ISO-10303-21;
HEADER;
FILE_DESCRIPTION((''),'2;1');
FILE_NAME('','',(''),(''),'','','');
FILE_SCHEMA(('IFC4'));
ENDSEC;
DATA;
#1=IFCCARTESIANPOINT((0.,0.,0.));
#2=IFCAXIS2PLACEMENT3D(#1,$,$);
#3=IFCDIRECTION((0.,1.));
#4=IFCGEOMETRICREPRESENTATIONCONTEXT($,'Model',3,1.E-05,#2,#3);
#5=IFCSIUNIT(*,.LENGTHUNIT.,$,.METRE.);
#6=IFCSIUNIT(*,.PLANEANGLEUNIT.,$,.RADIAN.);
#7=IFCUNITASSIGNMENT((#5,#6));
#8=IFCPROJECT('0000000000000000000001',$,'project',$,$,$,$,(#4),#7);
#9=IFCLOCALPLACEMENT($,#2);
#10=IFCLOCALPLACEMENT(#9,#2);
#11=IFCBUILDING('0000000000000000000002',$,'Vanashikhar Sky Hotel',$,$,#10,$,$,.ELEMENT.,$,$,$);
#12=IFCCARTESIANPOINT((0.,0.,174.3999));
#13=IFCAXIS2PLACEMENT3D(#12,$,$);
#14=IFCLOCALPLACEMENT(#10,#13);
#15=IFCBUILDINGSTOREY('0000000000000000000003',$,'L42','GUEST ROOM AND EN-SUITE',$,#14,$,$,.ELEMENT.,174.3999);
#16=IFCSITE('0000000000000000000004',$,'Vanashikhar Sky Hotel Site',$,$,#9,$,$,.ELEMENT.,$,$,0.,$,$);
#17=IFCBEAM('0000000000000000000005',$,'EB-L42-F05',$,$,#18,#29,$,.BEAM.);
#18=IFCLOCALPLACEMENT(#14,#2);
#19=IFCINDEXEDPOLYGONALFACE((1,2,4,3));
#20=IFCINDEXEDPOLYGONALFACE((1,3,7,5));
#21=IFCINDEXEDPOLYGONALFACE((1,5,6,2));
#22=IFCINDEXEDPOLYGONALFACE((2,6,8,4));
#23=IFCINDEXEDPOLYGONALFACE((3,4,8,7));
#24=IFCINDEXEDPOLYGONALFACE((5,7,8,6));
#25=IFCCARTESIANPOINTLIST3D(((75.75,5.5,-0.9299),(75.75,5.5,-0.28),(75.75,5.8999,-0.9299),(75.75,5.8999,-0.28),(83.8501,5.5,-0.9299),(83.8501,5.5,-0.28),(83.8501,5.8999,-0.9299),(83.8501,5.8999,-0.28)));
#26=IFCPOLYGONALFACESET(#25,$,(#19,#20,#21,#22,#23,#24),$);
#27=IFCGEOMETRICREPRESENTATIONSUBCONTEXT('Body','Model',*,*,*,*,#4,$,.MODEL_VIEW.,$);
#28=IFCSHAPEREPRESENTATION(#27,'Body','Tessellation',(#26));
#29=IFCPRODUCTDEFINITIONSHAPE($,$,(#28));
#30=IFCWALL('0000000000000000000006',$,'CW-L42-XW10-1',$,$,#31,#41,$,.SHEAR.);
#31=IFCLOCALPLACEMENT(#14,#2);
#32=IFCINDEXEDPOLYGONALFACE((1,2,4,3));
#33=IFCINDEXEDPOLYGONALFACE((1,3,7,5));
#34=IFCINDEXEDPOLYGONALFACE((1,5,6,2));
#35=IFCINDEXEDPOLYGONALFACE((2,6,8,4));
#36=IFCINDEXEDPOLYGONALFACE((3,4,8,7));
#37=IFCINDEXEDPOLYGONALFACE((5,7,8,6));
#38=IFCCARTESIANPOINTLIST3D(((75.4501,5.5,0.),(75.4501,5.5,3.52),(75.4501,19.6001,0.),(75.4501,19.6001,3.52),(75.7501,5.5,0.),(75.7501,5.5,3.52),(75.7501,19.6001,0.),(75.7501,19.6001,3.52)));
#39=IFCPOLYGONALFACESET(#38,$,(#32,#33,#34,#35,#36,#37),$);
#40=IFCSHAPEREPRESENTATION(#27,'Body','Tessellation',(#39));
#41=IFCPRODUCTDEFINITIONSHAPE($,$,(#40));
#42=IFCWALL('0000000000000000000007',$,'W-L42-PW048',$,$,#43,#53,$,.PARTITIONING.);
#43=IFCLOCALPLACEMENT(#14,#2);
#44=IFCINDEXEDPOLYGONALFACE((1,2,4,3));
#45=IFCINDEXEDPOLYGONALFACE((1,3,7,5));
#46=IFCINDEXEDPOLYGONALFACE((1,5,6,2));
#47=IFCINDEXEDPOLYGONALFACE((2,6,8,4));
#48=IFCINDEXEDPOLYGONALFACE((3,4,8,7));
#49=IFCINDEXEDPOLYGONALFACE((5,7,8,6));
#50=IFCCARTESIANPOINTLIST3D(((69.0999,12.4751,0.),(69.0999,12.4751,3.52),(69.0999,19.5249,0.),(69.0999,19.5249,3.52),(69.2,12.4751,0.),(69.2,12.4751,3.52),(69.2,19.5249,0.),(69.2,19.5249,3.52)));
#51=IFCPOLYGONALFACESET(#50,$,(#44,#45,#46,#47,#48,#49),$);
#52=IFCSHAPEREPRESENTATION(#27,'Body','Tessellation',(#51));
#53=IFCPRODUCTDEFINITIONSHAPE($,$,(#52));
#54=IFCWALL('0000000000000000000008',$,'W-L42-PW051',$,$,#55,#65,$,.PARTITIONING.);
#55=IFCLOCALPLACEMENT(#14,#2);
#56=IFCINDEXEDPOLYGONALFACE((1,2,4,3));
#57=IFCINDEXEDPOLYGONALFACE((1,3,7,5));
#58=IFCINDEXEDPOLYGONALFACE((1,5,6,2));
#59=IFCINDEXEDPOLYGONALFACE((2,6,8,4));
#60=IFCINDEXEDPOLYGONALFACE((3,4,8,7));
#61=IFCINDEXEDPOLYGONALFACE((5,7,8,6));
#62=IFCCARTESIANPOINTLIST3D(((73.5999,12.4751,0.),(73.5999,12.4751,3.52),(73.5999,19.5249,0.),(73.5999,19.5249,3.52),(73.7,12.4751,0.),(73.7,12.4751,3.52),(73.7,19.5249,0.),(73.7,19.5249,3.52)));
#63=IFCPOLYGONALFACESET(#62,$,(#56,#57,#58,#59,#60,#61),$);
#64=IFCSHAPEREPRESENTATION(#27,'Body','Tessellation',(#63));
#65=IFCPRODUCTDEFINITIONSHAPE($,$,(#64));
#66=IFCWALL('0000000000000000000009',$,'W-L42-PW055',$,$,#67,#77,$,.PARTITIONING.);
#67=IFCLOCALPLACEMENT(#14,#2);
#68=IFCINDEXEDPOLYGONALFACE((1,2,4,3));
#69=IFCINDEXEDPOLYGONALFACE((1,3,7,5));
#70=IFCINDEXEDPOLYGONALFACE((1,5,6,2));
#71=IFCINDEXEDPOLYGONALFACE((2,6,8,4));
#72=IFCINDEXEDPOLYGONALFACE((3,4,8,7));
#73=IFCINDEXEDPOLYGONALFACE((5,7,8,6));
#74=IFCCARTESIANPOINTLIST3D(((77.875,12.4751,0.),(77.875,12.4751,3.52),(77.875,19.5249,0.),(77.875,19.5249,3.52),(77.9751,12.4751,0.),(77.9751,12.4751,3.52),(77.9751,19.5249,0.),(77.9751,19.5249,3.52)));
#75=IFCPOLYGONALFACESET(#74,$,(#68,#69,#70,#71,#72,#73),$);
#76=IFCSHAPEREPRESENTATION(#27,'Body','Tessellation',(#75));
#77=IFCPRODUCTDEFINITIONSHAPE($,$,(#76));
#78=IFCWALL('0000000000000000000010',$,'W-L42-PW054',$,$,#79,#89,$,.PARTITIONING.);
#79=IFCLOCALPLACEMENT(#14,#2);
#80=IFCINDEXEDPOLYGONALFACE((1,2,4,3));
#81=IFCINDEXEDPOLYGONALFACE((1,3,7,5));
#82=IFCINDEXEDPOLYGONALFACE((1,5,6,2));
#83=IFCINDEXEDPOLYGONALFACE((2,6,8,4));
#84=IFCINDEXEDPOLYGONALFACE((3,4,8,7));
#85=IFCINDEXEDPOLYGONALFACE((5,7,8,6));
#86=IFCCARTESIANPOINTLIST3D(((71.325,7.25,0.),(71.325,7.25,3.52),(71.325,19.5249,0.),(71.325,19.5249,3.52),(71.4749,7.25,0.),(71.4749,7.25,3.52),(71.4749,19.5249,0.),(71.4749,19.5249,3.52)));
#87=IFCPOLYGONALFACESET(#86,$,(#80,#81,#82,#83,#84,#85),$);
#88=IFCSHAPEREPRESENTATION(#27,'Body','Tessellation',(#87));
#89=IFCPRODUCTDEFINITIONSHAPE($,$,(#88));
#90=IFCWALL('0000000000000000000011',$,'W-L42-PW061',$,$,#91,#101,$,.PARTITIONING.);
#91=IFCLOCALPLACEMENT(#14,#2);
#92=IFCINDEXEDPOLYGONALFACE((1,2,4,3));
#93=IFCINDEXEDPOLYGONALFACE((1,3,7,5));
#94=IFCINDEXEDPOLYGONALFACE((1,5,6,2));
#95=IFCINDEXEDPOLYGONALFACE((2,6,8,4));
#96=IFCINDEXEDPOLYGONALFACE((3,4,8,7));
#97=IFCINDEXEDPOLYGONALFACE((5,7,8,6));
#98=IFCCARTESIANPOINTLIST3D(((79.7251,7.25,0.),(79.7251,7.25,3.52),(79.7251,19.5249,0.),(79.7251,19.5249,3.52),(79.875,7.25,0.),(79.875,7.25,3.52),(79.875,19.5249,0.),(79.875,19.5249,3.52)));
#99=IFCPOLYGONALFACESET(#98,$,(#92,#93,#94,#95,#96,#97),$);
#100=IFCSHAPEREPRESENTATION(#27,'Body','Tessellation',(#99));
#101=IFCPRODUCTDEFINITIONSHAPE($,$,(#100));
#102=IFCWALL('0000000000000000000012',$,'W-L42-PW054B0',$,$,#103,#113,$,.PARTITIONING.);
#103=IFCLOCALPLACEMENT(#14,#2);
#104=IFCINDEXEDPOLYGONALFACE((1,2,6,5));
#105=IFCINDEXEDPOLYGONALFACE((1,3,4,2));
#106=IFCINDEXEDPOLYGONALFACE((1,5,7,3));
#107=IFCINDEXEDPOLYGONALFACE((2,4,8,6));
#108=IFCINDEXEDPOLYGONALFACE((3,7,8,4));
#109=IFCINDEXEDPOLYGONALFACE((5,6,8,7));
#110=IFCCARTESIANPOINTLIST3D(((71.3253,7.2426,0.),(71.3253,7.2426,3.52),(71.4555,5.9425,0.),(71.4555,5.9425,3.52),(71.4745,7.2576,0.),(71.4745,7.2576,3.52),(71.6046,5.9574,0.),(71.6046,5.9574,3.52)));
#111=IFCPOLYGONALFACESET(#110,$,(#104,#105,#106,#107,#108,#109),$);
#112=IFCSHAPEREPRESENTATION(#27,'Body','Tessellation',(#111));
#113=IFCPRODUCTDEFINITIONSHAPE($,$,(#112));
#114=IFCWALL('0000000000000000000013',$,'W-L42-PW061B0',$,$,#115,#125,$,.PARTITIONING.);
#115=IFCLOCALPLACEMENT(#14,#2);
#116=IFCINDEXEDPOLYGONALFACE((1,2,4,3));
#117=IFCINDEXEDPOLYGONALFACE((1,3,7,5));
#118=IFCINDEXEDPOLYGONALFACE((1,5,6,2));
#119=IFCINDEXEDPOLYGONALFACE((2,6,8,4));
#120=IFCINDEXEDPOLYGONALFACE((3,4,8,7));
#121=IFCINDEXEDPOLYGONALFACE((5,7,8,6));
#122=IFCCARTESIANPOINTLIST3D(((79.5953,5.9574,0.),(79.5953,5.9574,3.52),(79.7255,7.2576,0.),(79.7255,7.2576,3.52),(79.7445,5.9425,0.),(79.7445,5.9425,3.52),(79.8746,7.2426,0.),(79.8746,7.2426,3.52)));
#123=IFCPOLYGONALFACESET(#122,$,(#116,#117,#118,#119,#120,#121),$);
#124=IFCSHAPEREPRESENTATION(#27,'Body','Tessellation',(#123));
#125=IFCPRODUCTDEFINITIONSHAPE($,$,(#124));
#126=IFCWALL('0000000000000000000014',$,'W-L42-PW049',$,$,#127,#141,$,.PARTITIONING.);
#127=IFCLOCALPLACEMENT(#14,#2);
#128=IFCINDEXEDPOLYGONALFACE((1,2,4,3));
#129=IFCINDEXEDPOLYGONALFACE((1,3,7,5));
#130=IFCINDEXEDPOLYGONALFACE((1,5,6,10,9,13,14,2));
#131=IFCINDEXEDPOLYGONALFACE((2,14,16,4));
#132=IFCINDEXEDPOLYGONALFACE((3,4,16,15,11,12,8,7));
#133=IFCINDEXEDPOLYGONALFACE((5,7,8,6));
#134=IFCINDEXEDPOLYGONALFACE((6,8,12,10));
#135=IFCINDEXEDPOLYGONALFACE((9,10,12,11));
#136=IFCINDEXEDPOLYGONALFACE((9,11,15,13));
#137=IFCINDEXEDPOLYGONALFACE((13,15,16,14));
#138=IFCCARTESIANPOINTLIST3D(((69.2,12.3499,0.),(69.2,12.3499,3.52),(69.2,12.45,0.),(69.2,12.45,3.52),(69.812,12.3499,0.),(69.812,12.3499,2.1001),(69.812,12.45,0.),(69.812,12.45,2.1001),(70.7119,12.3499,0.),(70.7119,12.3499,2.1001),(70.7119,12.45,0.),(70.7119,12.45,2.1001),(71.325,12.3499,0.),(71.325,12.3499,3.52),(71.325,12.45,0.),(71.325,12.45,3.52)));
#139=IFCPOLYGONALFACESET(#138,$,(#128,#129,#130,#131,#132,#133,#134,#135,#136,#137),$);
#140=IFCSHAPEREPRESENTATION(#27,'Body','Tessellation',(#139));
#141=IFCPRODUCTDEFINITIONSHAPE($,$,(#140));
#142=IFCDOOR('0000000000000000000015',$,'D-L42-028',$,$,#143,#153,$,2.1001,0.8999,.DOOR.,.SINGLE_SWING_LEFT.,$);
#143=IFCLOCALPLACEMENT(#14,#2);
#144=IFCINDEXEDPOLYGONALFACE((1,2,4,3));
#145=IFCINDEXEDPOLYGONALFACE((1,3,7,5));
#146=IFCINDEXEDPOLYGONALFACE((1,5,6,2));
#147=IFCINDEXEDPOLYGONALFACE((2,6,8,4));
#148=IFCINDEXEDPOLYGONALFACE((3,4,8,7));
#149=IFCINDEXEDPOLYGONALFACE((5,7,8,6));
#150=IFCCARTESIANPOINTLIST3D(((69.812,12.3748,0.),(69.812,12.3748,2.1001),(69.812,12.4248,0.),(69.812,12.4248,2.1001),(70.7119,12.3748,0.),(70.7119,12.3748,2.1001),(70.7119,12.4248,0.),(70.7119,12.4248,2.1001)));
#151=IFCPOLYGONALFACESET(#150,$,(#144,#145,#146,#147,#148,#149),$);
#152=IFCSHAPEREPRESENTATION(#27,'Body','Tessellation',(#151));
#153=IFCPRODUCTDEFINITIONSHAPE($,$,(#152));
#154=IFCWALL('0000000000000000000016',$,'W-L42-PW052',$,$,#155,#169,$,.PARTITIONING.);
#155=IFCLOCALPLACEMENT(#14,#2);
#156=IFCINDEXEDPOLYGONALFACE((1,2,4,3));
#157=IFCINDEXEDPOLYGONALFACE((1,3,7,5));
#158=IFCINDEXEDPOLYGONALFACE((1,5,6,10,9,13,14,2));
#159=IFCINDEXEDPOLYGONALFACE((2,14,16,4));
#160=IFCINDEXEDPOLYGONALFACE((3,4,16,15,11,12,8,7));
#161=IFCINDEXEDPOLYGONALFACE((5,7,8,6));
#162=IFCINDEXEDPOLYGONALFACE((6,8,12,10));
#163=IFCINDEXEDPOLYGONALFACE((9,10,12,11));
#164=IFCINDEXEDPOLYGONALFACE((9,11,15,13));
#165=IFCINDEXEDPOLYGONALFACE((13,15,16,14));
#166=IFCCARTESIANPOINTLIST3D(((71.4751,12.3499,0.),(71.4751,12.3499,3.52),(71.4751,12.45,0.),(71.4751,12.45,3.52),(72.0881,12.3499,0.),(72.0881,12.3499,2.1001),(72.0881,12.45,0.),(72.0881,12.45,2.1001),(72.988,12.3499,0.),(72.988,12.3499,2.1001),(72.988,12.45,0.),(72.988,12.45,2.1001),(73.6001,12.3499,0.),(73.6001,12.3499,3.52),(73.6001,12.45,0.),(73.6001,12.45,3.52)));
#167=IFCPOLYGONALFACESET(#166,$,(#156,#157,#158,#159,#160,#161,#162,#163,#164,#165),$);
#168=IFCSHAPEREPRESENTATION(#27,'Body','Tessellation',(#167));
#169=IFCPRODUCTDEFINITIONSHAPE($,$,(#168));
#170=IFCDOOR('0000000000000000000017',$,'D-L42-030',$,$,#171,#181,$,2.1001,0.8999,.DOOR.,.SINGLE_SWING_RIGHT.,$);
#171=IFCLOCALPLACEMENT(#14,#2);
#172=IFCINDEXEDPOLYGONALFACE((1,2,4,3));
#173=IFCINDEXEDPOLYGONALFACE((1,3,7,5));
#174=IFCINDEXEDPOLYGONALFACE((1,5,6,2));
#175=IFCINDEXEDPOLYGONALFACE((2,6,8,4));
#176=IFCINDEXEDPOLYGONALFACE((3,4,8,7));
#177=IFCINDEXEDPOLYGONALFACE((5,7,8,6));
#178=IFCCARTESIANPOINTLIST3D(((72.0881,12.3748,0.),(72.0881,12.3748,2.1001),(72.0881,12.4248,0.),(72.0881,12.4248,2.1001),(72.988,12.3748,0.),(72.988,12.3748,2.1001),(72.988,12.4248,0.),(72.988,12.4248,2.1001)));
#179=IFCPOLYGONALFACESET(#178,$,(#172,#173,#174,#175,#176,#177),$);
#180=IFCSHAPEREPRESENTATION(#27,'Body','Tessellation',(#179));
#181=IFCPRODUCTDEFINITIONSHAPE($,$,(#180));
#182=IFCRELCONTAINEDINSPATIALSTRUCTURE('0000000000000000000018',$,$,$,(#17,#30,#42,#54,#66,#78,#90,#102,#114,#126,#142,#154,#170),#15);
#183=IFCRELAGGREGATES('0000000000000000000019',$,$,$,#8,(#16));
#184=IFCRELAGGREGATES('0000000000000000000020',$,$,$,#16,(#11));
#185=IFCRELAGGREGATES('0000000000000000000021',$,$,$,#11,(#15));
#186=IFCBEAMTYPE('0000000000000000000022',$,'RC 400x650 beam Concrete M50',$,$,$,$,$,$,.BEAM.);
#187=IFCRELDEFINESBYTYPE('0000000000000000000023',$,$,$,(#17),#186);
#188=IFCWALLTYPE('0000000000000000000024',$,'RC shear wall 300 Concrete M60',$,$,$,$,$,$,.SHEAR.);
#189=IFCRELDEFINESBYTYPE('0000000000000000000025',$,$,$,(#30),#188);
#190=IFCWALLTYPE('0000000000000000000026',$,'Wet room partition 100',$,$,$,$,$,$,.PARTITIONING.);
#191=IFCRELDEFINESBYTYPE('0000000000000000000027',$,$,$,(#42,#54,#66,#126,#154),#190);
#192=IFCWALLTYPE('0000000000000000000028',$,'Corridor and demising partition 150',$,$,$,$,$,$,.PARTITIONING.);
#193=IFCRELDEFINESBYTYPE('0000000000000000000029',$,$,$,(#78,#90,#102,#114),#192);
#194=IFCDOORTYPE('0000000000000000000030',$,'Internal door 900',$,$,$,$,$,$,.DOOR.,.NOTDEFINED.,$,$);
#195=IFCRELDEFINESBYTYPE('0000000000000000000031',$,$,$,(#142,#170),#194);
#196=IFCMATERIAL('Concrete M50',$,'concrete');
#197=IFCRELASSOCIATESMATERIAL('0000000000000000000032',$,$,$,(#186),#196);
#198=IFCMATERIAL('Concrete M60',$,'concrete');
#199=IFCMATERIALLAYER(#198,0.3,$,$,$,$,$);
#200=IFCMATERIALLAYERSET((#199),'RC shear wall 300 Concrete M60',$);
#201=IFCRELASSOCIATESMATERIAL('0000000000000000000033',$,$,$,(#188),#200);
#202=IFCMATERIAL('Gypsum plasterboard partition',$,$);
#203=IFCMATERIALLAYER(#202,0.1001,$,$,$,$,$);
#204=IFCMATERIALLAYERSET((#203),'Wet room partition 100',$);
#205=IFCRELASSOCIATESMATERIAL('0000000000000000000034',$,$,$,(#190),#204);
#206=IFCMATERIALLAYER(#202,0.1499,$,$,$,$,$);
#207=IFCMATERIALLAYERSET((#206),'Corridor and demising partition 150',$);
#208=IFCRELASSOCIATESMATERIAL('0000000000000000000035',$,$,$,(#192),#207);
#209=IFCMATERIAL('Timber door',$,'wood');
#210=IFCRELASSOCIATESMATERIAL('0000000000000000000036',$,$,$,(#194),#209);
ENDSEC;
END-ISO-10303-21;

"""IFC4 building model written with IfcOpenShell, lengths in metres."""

from ifc_helpers import new_model, si_unit, direction, frame, frame_2d, origin, origin_2d, place, context, subcontext, project, spatial, rectangle, extrude, source, transform, mapped, material, layer, layer_set, material_profile, profile_set, type_object, element, fill, save


model = new_model("IFC4")

# Units and contexts
model_context = context("Model", 3, precision=1e-05, world=origin(), true_north=direction((0.0, 1.0)))
body_context = subcontext(model_context, "Body", "Model", "MODEL_VIEW")
ifc_project = project(units=[si_unit("LENGTHUNIT", "METRE"), si_unit("PLANEANGLEUNIT", "RADIAN")], contexts=[model_context])

# Site, building, storey
site_placement = place(None, origin())
site = spatial("IfcSite", under=ifc_project, at=site_placement, Name="Vanashikhar Sky Hotel Site", CompositionType="ELEMENT", RefElevation=0.0)
building_placement = place(site_placement, origin())
building = spatial("IfcBuilding", under=site, at=building_placement, Name="Vanashikhar Sky Hotel", CompositionType="ELEMENT")
storey_placement = place(building_placement, frame((0.0, 0.0, 174.3999)))
storey = spatial("IfcBuildingStorey", under=building, at=storey_placement, Name="L42", Description="GUEST ROOM AND EN-SUITE", CompositionType="ELEMENT", Elevation=174.3999)

# Beam
ifc_material_1 = material(Name="Concrete M50", Category="concrete")
ifc_material_profile = material_profile(ifc_material_1, rectangle(XDim=0.3999, YDim=0.6499, at=origin_2d()))
ifc_profile_set = profile_set([ifc_material_profile], Name="RC 400x650 beam Concrete M50")
beam_type = type_object("IfcBeamType", Name="RC 400x650 beam Concrete M50", PredefinedType="BEAM", material=ifc_profile_set)
shared_shape_1 = source(origin(), body_context, "Body", "SweptSolid", [
    extrude(rectangle(XDim=0.3999, YDim=0.6499, at=origin_2d()), origin(), (0.0, 0.0, 1.0), 8.1001),
])
beam_placement = place(storey_placement, frame((75.75, 5.7, -0.605), z_axis=(1.0, 0.0, 0.0), x_axis=(0.0, 1.0, 0.0)))
element("IfcBeam", 1, at=beam_placement, inside=storey, type_object=beam_type, Name="EB-L42-F05", PredefinedType="BEAM", context=body_context, shape_type="MappedRepresentation", body=[
    mapped(shared_shape_1, transform((0.0, 0.0, 0.0), scale=1.0)),
])

# Wall
ifc_material_2 = material(Name="Concrete M60", Category="concrete")
ifc_layer_1 = layer(ifc_material_2, 0.3)
ifc_layer_set_1 = layer_set([ifc_layer_1], Name="RC shear wall 300 Concrete M60")
wall_type_1 = type_object("IfcWallType", Name="RC shear wall 300 Concrete M60", PredefinedType="SHEAR", material=ifc_layer_set_1)
shared_shape_2 = source(origin(), body_context, "Body", "SweptSolid", [
    extrude(rectangle(XDim=14.1001, YDim=0.3, at=frame_2d((7.05, 0.0))), origin(), (0.0, 0.0, 1.0), 3.52),
])
wall_1_placement = place(storey_placement, frame((75.6001, 5.5, 0.0), z_axis=(0.0, 0.0, 1.0), x_axis=(0.0, 1.0, 0.0)))
element("IfcWall", 2, at=wall_1_placement, inside=storey, type_object=wall_type_1, Name="CW-L42-XW10-1", PredefinedType="SHEAR", context=body_context, shape_type="MappedRepresentation", body=[
    mapped(shared_shape_2, transform((0.0, 0.0, 0.0), scale=1.0)),
])

# Walls
ifc_material_3 = material(Name="Gypsum plasterboard partition")
ifc_layer_2 = layer(ifc_material_3, 0.1001)
ifc_layer_set_2 = layer_set([ifc_layer_2], Name="Wet room partition 100")
wall_type_2 = type_object("IfcWallType", Name="Wet room partition 100", PredefinedType="PARTITIONING", material=ifc_layer_set_2)
shared_shape_3 = source(origin(), body_context, "Body", "SweptSolid", [
    extrude(rectangle(XDim=7.0498, YDim=0.1001, at=frame_2d((3.5249, 0.0))), origin(), (0.0, 0.0, 1.0), 3.52),
])
for number, where, z_axis, x_axis, name in (
    (3, (69.1499, 12.4751, 0.0), (0.0, 0.0, 1.0), (0.0, 1.0, 0.0), "W-L42-PW048"),
    (4, (73.6499, 12.4751, 0.0), (0.0, 0.0, 1.0), (0.0, 1.0, 0.0), "W-L42-PW051"),
    (5, (77.925, 12.4751, 0.0), (0.0, 0.0, 1.0), (0.0, 1.0, 0.0), "W-L42-PW055"),
):
    element("IfcWall", number, at=place(storey_placement, frame(where, z_axis=z_axis, x_axis=x_axis)), inside=storey, type_object=wall_type_2, Name=name, PredefinedType="PARTITIONING", context=body_context, shape_type="MappedRepresentation", body=[
        mapped(shared_shape_3, transform((0.0, 0.0, 0.0), scale=1.0)),
    ])
ifc_layer_3 = layer(ifc_material_3, 0.1499)
ifc_layer_set_3 = layer_set([ifc_layer_3], Name="Corridor and demising partition 150")
wall_type_3 = type_object("IfcWallType", Name="Corridor and demising partition 150", PredefinedType="PARTITIONING", material=ifc_layer_set_3)
shared_shape_4 = source(origin(), body_context, "Body", "SweptSolid", [
    extrude(rectangle(XDim=12.2749, YDim=0.1499, at=frame_2d((6.1375, 0.0))), origin(), (0.0, 0.0, 1.0), 3.52),
])
for number, where, z_axis, x_axis, name in (
    (6, (71.3999, 7.25, 0.0), (0.0, 0.0, 1.0), (0.0, 1.0, 0.0), "W-L42-PW054"),
    (7, (79.8, 7.25, 0.0), (0.0, 0.0, 1.0), (0.0, 1.0, 0.0), "W-L42-PW061"),
):
    element("IfcWall", number, at=place(storey_placement, frame(where, z_axis=z_axis, x_axis=x_axis)), inside=storey, type_object=wall_type_3, Name=name, PredefinedType="PARTITIONING", context=body_context, shape_type="MappedRepresentation", body=[
        mapped(shared_shape_4, transform((0.0, 0.0, 0.0), scale=1.0)),
    ])
shared_shape_5 = source(origin(), body_context, "Body", "SweptSolid", [
    extrude(rectangle(XDim=1.3066, YDim=0.1499, at=frame_2d((0.6533, 0.0))), origin(), (0.0, 0.0, 1.0), 3.52),
])
for number, where, z_axis, x_axis, name in (
    (8, (71.53, 5.95, 0.0), (0.0, 0.0, 1.0), (-0.099596, 0.995028, 0.0), "W-L42-PW054B0"),
    (9, (79.6699, 5.95, 0.0), (0.0, 0.0, 1.0), (0.099596, 0.995028, 0.0), "W-L42-PW061B0"),
):
    element("IfcWall", number, at=place(storey_placement, frame(where, z_axis=z_axis, x_axis=x_axis)), inside=storey, type_object=wall_type_3, Name=name, PredefinedType="PARTITIONING", context=body_context, shape_type="MappedRepresentation", body=[
        mapped(shared_shape_5, transform((0.0, 0.0, 0.0), scale=1.0)),
    ])

# Walls, openings, doors
shared_shape_6 = source(origin(), body_context, "Body", "SweptSolid", [
    extrude(rectangle(XDim=2.125, YDim=0.1001, at=frame_2d((1.0625, 0.0))), origin(), (0.0, 0.0, 1.0), 3.52),
])
wall_2_placement = place(storey_placement, frame((69.2, 12.3999, 0.0), z_axis=(0.0, 0.0, 1.0), x_axis=(1.0, 0.0, 0.0)))
wall_2 = element("IfcWall", 10, at=wall_2_placement, inside=storey, type_object=wall_type_2, Name="W-L42-PW049", PredefinedType="PARTITIONING", context=body_context, shape_type="MappedRepresentation", body=[
    mapped(shared_shape_6, transform((0.0, 0.0, 0.0), scale=1.0)),
])
shared_shape_7 = source(origin(), body_context, "Body", "SweptSolid", [
    extrude(rectangle(XDim=0.8999, YDim=2.1001, at=frame_2d((0.45, 1.05))), frame((0.0, 0.0601, 0.0), z_axis=(0.0, -1.0, 0.0), x_axis=(1.0, 0.0, 0.0)), (0.0, 0.0, 1.0), 0.1201),
])
opening_1_placement = place(wall_2_placement, frame((0.6121, 0.0, 0.0)))
opening_1 = element("IfcOpeningElement", 11, at=opening_1_placement, cuts=wall_2, PredefinedType="OPENING", context=body_context, shape_type="MappedRepresentation", body=[
    mapped(shared_shape_7, transform((0.0, 0.0, 0.0), scale=1.0)),
])
ifc_material_4 = material(Name="Timber door", Category="wood")
door_type_1 = type_object("IfcDoorType", Name="Internal door 900", OperationType="NOTDEFINED", PredefinedType="DOOR", material=ifc_material_4)
shared_shape_8 = source(origin(), body_context, "Body", "SweptSolid", [
    extrude(rectangle(XDim=0.8999, YDim=2.1001, at=frame_2d((0.45, 1.05))), frame((0.0, 0.0249, 0.0), z_axis=(0.0, -1.0, 0.0), x_axis=(1.0, 0.0, 0.0)), (0.0, 0.0, 1.0), 0.05),
])
door_1_placement = place(opening_1_placement, origin())
door_1 = element("IfcDoor", 12, at=door_1_placement, inside=storey, type_object=door_type_1, Name="D-L42-028", OperationType="SINGLE_SWING_LEFT", OverallHeight=2.1001, OverallWidth=0.8999, PredefinedType="DOOR", context=body_context, shape_type="MappedRepresentation", body=[
    mapped(shared_shape_8, transform((0.0, 0.0, 0.0), scale=1.0)),
])
fill(opening_1, door_1)
wall_3_placement = place(storey_placement, frame((71.4751, 12.3999, 0.0), z_axis=(0.0, 0.0, 1.0), x_axis=(1.0, 0.0, 0.0)))
wall_3 = element("IfcWall", 13, at=wall_3_placement, inside=storey, type_object=wall_type_2, Name="W-L42-PW052", PredefinedType="PARTITIONING", context=body_context, shape_type="MappedRepresentation", body=[
    mapped(shared_shape_6, transform((0.0, 0.0, 0.0), scale=1.0)),
])
opening_2_placement = place(wall_3_placement, frame((0.613, 0.0, 0.0)))
opening_2 = element("IfcOpeningElement", 14, at=opening_2_placement, cuts=wall_3, PredefinedType="OPENING", context=body_context, shape_type="MappedRepresentation", body=[
    mapped(shared_shape_7, transform((0.0, 0.0, 0.0), scale=1.0)),
])
door_2_placement = place(opening_2_placement, origin())
door_2 = element("IfcDoor", 15, at=door_2_placement, inside=storey, type_object=door_type_1, Name="D-L42-030", OperationType="SINGLE_SWING_RIGHT", OverallHeight=2.1001, OverallWidth=0.8999, PredefinedType="DOOR", context=body_context, shape_type="MappedRepresentation", body=[
    mapped(shared_shape_8, transform((0.0, 0.0, 0.0), scale=1.0)),
])
fill(opening_2, door_2)

save(model, "model.ifc")
